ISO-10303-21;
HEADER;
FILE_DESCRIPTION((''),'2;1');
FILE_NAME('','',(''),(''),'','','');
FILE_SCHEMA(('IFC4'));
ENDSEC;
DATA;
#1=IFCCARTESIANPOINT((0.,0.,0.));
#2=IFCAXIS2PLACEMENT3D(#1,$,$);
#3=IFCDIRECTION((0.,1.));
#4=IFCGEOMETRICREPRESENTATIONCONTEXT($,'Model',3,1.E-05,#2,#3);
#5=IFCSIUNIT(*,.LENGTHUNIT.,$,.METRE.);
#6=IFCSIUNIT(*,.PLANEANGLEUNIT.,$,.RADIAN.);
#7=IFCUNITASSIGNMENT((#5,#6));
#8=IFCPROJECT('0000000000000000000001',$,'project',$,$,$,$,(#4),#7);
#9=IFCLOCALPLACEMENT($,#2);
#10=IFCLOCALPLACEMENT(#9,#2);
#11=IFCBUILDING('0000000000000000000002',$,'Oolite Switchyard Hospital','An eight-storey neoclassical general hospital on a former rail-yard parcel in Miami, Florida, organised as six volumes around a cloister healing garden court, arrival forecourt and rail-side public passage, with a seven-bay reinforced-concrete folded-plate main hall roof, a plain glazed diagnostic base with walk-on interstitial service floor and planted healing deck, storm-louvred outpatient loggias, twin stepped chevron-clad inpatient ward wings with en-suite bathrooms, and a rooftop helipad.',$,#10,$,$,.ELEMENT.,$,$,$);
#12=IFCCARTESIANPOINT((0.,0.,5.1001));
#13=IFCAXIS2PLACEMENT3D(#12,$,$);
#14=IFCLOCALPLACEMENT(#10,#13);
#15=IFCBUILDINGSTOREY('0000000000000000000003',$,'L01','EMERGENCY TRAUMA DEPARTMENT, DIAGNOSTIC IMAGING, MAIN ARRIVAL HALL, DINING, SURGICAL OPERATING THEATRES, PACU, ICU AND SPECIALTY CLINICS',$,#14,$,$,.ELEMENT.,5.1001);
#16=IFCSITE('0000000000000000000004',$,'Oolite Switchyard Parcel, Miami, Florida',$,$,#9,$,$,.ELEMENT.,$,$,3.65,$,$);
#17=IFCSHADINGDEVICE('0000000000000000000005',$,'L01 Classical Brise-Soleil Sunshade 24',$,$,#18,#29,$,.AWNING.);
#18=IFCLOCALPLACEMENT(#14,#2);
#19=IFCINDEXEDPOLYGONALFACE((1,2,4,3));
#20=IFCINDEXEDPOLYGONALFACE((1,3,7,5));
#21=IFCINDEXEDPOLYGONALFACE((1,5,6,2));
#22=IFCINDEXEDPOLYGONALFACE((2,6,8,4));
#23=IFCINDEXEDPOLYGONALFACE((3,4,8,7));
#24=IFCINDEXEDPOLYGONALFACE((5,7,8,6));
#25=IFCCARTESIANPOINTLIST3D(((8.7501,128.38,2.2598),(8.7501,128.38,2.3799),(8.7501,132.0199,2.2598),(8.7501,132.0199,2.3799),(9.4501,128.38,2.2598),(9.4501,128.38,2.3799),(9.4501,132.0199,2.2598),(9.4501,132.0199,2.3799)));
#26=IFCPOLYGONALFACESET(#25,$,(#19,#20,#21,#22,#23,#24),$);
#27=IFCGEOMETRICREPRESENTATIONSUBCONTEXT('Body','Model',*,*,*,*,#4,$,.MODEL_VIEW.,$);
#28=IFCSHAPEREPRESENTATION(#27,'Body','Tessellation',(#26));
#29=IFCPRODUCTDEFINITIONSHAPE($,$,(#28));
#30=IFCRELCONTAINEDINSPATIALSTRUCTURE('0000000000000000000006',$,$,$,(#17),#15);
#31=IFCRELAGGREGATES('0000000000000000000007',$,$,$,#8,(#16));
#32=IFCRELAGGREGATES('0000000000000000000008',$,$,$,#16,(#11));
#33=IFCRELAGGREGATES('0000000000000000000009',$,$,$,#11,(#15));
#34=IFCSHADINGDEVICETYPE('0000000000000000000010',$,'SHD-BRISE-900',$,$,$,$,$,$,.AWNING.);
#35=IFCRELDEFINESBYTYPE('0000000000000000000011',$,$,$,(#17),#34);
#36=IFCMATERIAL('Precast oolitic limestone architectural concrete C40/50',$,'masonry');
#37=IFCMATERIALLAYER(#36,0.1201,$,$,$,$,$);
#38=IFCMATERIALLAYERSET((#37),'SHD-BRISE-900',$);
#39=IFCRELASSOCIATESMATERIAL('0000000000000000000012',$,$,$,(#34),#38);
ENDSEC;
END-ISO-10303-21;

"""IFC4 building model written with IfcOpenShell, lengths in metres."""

from ifc_helpers import new_model, si_unit, direction, frame, origin, origin_2d, place, context, subcontext, project, spatial, rectangle, extrude, material, layer, layer_set, type_object, element, save


model = new_model("IFC4")

# Units and contexts
model_context = context("Model", 3, precision=1e-05, world=origin(), true_north=direction((0.0, 1.0)))
body_context = subcontext(model_context, "Body", "Model", "MODEL_VIEW")
ifc_project = project(units=[si_unit("LENGTHUNIT", "METRE"), si_unit("PLANEANGLEUNIT", "RADIAN")], contexts=[model_context])

# Site, building, storey
site_placement = place(None, origin())
site = spatial("IfcSite", under=ifc_project, at=site_placement, Name="Oolite Switchyard Parcel, Miami, Florida", CompositionType="ELEMENT", RefElevation=3.65)
building_placement = place(site_placement, origin())
building = spatial("IfcBuilding", under=site, at=building_placement, Name="Oolite Switchyard Hospital", Description="An eight-storey neoclassical general hospital on a former rail-yard parcel in Miami, Florida, organised as six volumes around a cloister healing garden court, arrival forecourt and rail-side public passage, with a seven-bay reinforced-concrete folded-plate main hall roof, a plain glazed diagnostic base with walk-on interstitial service floor and planted healing deck, storm-louvred outpatient loggias, twin stepped chevron-clad inpatient ward wings with en-suite bathrooms, and a rooftop helipad.", CompositionType="ELEMENT")
storey_placement = place(building_placement, frame((0.0, 0.0, 5.1001)))
storey = spatial("IfcBuildingStorey", under=building, at=storey_placement, Name="L01", Description="EMERGENCY TRAUMA DEPARTMENT, DIAGNOSTIC IMAGING, MAIN ARRIVAL HALL, DINING, SURGICAL OPERATING THEATRES, PACU, ICU AND SPECIALTY CLINICS", CompositionType="ELEMENT", Elevation=5.1001)

# Shared definitions
ifc_material_1 = material(Name="Precast oolitic limestone architectural concrete C40/50", Category="masonry")

# Shading device
ifc_layer_1 = layer(ifc_material_1, 0.1201)
ifc_layer_set_1 = layer_set([ifc_layer_1], Name="SHD-BRISE-900")
shading_device_type = type_object("IfcShadingDeviceType", Name="SHD-BRISE-900", PredefinedType="AWNING", material=ifc_layer_set_1)
shading_device_placement = place(storey_placement, frame((9.1001, 130.2, 2.2598), z_axis=(0.0, 0.0, 1.0), x_axis=(0.0, 1.0, 0.0)))
element("IfcShadingDevice", 1, at=shading_device_placement, inside=storey, type_object=shading_device_type, Name="L01 Classical Brise-Soleil Sunshade 24", PredefinedType="AWNING", context=body_context, shape_type="SweptSolid", body=[
    extrude(rectangle(XDim=3.6399, YDim=0.7, at=origin_2d()), origin(), (0.0, 0.0, 1.0), 0.1201),
])

save(model, "model.ifc")
